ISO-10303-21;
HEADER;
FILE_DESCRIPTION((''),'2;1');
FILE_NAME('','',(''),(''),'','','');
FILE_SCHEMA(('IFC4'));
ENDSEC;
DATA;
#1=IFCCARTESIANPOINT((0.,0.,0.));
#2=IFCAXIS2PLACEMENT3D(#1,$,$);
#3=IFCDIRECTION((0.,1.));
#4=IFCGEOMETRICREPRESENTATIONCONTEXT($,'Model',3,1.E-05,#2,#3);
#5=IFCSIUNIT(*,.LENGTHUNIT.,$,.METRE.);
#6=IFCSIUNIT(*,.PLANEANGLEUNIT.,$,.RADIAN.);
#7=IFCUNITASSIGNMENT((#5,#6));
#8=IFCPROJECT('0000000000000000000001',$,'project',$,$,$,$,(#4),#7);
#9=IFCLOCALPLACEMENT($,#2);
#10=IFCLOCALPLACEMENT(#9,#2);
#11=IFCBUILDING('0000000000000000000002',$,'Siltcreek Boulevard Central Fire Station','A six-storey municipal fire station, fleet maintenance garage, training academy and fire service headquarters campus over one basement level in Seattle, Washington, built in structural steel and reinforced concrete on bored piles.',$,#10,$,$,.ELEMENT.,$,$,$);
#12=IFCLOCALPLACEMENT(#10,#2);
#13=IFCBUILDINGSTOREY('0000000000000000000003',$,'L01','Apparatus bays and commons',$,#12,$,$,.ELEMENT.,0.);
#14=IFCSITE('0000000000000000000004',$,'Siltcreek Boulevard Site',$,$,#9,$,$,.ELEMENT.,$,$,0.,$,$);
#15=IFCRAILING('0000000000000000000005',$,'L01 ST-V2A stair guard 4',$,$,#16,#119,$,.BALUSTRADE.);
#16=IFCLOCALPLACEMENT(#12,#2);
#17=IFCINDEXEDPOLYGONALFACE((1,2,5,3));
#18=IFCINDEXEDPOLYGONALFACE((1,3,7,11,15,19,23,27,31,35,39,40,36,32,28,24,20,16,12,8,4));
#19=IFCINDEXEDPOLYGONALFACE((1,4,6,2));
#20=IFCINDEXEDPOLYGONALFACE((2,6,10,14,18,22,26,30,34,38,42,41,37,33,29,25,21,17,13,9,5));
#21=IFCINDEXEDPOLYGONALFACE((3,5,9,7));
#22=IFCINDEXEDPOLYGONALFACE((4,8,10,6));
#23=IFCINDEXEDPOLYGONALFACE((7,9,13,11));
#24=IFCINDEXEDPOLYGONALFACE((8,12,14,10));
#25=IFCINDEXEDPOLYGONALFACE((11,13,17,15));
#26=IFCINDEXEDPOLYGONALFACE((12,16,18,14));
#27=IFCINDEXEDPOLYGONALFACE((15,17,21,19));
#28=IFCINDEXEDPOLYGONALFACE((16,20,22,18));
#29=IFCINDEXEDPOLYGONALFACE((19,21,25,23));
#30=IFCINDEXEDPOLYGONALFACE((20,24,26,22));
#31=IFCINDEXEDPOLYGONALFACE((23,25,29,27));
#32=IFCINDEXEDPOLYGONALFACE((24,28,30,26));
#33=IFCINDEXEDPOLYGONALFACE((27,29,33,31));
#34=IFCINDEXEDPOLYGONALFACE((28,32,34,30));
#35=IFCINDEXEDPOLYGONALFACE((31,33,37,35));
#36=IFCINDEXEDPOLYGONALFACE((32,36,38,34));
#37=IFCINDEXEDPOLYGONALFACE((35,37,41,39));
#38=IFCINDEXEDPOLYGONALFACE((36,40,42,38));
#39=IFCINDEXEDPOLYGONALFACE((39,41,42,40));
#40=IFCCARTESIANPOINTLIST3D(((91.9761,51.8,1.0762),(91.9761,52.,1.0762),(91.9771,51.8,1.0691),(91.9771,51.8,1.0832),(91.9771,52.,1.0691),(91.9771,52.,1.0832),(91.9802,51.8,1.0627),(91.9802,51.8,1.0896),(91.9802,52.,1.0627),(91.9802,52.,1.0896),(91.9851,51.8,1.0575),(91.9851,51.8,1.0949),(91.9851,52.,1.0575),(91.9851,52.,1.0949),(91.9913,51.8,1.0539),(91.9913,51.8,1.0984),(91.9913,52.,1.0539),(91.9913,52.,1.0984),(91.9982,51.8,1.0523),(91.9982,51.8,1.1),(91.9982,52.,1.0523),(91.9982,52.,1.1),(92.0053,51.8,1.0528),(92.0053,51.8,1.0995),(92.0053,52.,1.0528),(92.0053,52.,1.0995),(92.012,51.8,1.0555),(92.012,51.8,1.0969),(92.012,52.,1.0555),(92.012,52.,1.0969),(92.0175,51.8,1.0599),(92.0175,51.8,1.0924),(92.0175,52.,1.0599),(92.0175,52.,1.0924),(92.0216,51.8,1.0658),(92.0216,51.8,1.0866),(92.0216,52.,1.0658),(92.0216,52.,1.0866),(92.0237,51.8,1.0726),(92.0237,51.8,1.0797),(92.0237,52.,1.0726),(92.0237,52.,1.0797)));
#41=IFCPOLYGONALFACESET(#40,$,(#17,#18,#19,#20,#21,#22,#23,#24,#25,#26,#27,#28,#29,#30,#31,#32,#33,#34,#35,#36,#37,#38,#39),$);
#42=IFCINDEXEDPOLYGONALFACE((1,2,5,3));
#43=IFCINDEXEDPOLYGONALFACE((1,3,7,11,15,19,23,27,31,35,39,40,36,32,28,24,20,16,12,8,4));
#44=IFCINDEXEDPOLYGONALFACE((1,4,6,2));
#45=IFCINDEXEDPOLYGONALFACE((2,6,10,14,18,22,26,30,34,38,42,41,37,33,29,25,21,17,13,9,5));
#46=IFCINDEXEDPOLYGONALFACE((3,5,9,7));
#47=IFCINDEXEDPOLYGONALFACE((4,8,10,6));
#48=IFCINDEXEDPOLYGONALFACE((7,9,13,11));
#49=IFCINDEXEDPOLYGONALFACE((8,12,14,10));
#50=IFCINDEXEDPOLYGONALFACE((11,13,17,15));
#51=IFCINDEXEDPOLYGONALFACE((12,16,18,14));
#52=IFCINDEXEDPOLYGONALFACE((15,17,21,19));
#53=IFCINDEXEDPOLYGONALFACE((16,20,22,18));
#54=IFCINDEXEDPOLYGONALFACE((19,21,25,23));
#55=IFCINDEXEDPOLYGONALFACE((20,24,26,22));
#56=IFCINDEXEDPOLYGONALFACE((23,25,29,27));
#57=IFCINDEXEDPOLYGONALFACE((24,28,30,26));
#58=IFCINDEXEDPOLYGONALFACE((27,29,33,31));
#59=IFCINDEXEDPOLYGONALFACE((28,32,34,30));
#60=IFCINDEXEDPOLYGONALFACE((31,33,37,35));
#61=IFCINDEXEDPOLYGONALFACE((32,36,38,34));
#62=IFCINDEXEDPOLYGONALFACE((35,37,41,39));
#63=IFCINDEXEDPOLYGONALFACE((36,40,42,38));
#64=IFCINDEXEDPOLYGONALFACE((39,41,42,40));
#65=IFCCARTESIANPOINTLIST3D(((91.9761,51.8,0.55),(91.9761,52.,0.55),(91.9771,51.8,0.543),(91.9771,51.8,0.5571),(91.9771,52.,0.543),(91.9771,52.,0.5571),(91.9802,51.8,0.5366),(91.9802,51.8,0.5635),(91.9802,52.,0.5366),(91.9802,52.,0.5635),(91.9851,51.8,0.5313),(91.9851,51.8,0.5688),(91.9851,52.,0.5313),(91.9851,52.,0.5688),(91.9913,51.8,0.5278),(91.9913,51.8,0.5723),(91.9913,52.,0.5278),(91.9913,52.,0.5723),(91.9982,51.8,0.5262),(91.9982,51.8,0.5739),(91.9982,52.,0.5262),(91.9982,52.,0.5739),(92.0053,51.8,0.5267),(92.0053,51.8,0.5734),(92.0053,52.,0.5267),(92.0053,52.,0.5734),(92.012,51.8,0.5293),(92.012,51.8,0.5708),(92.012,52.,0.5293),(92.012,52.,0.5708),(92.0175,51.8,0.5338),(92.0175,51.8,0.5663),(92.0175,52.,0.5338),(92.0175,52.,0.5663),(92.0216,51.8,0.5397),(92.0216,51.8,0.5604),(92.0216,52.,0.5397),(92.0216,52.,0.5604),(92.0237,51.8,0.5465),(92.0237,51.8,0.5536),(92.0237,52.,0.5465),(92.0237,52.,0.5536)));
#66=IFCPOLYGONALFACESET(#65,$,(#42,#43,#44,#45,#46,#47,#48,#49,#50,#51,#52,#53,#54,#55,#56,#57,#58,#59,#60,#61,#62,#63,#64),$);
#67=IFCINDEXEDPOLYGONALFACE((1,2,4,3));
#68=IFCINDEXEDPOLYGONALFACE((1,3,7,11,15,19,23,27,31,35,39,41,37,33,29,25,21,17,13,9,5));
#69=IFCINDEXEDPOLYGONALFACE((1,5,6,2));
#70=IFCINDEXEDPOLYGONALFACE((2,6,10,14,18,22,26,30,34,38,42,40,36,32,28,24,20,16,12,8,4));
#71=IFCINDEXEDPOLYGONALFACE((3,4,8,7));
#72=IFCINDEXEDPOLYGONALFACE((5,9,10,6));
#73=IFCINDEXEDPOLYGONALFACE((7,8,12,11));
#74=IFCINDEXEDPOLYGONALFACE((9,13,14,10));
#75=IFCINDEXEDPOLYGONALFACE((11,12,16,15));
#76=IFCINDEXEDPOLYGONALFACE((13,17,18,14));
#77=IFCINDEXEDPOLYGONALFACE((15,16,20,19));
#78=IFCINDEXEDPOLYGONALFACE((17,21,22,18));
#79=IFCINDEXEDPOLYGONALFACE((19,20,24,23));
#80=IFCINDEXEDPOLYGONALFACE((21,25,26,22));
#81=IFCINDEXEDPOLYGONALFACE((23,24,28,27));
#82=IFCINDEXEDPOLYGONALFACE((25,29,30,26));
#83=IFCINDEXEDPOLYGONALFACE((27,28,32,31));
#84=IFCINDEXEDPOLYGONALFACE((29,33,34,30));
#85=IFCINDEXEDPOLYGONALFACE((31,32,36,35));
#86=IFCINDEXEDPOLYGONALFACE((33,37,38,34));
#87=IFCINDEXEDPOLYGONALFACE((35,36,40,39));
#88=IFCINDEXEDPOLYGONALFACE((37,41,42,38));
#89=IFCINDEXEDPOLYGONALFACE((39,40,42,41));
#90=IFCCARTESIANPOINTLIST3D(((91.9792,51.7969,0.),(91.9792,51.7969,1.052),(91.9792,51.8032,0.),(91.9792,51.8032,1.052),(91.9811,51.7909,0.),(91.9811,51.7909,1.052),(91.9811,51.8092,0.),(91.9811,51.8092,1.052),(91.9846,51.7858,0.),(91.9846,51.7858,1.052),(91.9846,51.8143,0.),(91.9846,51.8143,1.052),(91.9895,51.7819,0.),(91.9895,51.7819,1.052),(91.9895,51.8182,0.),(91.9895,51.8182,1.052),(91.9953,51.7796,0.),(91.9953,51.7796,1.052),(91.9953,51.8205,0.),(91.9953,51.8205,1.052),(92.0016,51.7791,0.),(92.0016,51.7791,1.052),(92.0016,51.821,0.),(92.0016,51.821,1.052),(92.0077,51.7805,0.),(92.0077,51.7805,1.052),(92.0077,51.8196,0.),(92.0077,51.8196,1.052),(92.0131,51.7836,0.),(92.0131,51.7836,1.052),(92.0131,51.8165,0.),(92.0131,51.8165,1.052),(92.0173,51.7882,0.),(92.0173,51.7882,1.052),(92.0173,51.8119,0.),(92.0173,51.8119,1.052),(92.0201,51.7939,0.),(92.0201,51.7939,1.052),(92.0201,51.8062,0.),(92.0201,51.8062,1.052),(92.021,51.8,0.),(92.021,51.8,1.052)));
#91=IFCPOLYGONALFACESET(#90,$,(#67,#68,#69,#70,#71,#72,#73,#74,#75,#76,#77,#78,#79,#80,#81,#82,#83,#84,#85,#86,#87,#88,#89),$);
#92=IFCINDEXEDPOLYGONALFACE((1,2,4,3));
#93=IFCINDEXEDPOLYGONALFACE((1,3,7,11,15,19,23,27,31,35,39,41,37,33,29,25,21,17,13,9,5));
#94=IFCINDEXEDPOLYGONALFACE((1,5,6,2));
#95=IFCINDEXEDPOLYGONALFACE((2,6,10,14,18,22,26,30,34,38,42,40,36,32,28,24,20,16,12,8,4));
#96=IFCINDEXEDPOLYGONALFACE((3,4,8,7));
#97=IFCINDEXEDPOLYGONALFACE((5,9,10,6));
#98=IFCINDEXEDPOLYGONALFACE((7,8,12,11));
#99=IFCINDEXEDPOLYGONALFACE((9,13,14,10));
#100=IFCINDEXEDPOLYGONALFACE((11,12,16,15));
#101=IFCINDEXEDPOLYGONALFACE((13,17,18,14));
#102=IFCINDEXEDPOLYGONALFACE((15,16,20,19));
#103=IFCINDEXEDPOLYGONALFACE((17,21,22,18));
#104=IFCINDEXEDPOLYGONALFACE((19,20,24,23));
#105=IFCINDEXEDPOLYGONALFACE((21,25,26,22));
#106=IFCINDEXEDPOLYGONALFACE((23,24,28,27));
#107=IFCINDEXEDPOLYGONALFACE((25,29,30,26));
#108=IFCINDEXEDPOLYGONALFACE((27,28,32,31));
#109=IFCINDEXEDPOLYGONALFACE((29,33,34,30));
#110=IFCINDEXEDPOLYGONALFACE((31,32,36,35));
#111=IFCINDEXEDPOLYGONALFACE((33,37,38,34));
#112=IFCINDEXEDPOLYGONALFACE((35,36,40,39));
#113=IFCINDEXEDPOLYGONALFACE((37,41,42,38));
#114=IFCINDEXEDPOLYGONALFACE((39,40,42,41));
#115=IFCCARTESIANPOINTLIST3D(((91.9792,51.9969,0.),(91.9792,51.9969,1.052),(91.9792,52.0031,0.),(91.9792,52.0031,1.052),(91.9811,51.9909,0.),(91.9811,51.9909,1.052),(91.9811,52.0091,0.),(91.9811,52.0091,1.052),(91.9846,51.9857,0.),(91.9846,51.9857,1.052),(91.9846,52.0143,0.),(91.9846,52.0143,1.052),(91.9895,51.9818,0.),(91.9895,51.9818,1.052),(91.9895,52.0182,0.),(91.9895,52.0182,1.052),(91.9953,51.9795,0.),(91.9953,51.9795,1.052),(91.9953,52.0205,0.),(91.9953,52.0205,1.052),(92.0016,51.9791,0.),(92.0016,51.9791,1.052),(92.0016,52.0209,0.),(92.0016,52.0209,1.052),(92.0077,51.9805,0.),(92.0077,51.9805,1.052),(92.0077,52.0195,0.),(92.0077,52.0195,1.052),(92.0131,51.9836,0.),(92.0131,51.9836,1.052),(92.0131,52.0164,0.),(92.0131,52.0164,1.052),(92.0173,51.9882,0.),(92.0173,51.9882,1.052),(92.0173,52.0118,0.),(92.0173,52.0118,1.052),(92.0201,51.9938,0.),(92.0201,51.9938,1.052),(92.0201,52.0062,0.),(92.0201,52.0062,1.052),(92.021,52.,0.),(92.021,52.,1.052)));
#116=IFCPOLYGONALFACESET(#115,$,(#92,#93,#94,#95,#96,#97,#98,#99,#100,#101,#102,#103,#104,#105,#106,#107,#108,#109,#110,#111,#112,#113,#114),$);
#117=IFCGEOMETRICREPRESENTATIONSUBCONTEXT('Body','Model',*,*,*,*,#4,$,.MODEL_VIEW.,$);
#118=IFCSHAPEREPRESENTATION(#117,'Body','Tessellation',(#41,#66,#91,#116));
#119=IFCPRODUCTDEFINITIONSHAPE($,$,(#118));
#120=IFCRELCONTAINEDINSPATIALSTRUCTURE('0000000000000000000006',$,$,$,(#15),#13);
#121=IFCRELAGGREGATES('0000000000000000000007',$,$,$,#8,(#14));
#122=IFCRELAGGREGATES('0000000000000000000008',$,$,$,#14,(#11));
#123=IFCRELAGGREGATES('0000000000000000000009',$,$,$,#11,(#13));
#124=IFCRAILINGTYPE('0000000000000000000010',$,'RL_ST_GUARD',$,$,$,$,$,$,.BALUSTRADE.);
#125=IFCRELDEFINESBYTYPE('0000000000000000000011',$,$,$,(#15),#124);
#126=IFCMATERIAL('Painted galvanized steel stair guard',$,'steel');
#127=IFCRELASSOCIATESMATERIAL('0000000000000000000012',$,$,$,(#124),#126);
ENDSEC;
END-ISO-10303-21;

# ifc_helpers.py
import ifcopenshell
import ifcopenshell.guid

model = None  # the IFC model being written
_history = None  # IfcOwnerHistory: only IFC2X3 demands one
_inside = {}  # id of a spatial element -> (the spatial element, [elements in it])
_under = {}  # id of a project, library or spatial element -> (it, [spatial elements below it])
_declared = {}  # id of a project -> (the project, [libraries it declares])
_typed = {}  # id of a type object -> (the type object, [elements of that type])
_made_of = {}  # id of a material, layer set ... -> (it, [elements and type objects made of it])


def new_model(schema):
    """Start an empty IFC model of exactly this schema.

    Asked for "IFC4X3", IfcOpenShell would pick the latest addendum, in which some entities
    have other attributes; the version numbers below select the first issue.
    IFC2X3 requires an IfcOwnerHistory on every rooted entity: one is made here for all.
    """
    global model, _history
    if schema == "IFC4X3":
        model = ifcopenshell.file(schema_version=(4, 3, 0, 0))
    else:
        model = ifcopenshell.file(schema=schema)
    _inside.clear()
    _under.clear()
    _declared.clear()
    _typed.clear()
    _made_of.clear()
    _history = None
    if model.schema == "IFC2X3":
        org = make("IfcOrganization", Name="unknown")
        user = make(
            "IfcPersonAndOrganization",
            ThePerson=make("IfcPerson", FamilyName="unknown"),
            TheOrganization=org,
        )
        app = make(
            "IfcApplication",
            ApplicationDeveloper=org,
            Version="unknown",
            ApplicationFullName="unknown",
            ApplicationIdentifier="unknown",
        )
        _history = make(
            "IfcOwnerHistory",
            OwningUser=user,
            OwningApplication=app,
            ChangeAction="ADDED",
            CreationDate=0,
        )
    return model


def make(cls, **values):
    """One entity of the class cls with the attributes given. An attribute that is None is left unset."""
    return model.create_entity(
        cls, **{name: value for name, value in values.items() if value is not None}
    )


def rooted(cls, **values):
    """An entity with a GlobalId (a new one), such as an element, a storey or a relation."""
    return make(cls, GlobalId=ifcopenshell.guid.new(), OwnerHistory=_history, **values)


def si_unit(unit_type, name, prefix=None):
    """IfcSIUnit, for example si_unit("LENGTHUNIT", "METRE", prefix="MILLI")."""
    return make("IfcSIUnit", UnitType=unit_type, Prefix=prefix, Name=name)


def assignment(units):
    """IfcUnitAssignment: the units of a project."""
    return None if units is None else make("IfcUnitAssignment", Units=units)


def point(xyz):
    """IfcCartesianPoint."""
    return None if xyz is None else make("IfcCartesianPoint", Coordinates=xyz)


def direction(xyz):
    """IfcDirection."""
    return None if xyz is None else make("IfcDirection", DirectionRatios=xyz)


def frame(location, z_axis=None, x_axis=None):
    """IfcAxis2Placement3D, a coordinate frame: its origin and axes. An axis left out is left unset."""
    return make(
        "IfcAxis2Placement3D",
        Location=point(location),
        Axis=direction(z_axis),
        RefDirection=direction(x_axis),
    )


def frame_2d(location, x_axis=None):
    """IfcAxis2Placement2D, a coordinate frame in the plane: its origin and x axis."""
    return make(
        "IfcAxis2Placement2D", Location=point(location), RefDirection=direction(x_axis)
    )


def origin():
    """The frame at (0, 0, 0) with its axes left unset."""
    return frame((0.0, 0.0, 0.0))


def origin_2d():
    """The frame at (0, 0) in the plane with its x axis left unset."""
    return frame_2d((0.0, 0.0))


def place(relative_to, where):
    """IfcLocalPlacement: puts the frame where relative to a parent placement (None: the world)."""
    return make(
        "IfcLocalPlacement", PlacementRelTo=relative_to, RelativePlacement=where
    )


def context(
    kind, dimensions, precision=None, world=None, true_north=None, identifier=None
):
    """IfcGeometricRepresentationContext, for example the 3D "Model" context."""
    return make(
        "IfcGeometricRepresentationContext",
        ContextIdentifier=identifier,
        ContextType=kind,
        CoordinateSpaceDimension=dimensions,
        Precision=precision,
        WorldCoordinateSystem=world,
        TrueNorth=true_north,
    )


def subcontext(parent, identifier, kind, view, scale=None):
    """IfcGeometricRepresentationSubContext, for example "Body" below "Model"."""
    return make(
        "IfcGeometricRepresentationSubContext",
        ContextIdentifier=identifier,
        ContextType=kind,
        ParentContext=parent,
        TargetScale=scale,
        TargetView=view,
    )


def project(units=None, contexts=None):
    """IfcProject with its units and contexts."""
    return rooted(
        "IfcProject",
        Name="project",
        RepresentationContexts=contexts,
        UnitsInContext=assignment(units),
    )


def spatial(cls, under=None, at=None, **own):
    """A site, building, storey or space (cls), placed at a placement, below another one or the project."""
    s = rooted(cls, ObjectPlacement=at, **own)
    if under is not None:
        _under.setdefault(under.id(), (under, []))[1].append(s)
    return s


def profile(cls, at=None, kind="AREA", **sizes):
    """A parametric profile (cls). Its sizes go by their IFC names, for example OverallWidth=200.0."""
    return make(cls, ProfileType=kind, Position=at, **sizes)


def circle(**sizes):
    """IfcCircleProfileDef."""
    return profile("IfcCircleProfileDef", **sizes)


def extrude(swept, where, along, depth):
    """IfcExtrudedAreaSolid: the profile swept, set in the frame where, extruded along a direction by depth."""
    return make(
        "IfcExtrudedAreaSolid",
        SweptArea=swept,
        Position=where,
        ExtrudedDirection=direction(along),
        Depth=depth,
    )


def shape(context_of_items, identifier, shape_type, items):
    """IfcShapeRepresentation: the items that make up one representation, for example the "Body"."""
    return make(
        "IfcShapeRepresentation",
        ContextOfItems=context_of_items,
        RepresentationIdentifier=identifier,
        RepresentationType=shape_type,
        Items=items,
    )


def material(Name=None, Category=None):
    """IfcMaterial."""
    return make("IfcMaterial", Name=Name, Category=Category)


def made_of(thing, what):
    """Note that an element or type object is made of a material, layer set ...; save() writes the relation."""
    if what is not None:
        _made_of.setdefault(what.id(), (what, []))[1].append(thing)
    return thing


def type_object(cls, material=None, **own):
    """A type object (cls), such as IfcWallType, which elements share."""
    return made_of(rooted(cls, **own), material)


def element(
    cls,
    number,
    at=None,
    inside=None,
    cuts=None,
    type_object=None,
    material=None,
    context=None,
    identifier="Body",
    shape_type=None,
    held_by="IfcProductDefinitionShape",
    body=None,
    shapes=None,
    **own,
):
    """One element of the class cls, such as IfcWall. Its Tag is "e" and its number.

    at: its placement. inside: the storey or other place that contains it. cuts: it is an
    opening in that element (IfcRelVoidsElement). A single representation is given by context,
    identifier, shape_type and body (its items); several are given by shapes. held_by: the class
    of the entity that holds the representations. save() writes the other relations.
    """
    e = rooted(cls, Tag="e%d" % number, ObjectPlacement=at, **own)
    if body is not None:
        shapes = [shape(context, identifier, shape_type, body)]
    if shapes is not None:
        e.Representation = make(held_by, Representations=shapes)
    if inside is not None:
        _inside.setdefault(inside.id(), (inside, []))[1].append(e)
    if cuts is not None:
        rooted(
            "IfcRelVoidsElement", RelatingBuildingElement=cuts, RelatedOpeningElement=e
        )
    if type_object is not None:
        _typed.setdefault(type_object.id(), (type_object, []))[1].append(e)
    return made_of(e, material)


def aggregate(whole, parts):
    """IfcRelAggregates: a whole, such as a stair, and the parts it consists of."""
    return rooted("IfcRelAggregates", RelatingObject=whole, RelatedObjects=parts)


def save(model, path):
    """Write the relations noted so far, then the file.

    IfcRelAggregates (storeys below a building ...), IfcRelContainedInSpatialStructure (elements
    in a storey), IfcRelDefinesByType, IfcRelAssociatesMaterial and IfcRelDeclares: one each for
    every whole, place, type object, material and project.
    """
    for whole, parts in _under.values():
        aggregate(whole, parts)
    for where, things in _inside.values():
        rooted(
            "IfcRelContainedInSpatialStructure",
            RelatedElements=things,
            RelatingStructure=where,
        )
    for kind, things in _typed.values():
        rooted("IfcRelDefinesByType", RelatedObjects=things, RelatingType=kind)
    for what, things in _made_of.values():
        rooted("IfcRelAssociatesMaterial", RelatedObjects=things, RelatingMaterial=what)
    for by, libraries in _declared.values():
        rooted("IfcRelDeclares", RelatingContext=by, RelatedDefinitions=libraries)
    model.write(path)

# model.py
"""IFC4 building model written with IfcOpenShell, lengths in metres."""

from ifc_helpers import new_model, si_unit, direction, frame, origin, origin_2d, place, context, subcontext, project, spatial, circle, extrude, material, type_object, element, save


model = new_model("IFC4")

# Units and contexts
model_context = context("Model", 3, precision=1e-05, world=origin(), true_north=direction((0.0, 1.0)))
body_context = subcontext(model_context, "Body", "Model", "MODEL_VIEW")
ifc_project = project(units=[si_unit("LENGTHUNIT", "METRE"), si_unit("PLANEANGLEUNIT", "RADIAN")], contexts=[model_context])

# Site, building, storey
site_placement = place(None, origin())
site = spatial("IfcSite", under=ifc_project, at=site_placement, Name="Siltcreek Boulevard Site", CompositionType="ELEMENT", RefElevation=0.0)
building_placement = place(site_placement, origin())
building = spatial("IfcBuilding", under=site, at=building_placement, Name="Siltcreek Boulevard Central Fire Station", Description="A six-storey municipal fire station, fleet maintenance garage, training academy and fire service headquarters campus over one basement level in Seattle, Washington, built in structural steel and reinforced concrete on bored piles.", CompositionType="ELEMENT")
storey_placement = place(building_placement, origin())
storey = spatial("IfcBuildingStorey", under=building, at=storey_placement, Name="L01", Description="Apparatus bays and commons", CompositionType="ELEMENT", Elevation=0.0)

# Railing
ifc_material_1 = material(Name="Painted galvanized steel stair guard", Category="steel")
railing_type_1 = type_object("IfcRailingType", Name="RL_ST_GUARD", PredefinedType="BALUSTRADE", material=ifc_material_1)
railing_1_placement = place(storey_placement, frame((92.0, 51.8, 0.0)))
element("IfcRailing", 1, at=railing_1_placement, inside=storey, type_object=railing_type_1, Name="L01 ST-V2A stair guard 4", PredefinedType="BALUSTRADE", context=body_context, shape_type="SweptSolid", body=[
    extrude(circle(Radius=0.0239, at=origin_2d()), frame((0.0, 0.0, 1.0762), z_axis=(0.0, 1.0, 0.0), x_axis=(-1.0, 0.0, 0.0)), (0.0, 0.0, 1.0), 0.2),
    extrude(circle(Radius=0.0239, at=origin_2d()), frame((0.0, 0.0, 0.55), z_axis=(0.0, 1.0, 0.0), x_axis=(-1.0, 0.0, 0.0)), (0.0, 0.0, 1.0), 0.2),
    extrude(circle(Radius=0.021, at=origin_2d()), origin(), (0.0, 0.0, 1.0), 1.052),
    extrude(circle(Radius=0.021, at=origin_2d()), frame((0.0, 0.2, 0.0)), (0.0, 0.0, 1.0), 1.052),
])

save(model, "model.ifc")
